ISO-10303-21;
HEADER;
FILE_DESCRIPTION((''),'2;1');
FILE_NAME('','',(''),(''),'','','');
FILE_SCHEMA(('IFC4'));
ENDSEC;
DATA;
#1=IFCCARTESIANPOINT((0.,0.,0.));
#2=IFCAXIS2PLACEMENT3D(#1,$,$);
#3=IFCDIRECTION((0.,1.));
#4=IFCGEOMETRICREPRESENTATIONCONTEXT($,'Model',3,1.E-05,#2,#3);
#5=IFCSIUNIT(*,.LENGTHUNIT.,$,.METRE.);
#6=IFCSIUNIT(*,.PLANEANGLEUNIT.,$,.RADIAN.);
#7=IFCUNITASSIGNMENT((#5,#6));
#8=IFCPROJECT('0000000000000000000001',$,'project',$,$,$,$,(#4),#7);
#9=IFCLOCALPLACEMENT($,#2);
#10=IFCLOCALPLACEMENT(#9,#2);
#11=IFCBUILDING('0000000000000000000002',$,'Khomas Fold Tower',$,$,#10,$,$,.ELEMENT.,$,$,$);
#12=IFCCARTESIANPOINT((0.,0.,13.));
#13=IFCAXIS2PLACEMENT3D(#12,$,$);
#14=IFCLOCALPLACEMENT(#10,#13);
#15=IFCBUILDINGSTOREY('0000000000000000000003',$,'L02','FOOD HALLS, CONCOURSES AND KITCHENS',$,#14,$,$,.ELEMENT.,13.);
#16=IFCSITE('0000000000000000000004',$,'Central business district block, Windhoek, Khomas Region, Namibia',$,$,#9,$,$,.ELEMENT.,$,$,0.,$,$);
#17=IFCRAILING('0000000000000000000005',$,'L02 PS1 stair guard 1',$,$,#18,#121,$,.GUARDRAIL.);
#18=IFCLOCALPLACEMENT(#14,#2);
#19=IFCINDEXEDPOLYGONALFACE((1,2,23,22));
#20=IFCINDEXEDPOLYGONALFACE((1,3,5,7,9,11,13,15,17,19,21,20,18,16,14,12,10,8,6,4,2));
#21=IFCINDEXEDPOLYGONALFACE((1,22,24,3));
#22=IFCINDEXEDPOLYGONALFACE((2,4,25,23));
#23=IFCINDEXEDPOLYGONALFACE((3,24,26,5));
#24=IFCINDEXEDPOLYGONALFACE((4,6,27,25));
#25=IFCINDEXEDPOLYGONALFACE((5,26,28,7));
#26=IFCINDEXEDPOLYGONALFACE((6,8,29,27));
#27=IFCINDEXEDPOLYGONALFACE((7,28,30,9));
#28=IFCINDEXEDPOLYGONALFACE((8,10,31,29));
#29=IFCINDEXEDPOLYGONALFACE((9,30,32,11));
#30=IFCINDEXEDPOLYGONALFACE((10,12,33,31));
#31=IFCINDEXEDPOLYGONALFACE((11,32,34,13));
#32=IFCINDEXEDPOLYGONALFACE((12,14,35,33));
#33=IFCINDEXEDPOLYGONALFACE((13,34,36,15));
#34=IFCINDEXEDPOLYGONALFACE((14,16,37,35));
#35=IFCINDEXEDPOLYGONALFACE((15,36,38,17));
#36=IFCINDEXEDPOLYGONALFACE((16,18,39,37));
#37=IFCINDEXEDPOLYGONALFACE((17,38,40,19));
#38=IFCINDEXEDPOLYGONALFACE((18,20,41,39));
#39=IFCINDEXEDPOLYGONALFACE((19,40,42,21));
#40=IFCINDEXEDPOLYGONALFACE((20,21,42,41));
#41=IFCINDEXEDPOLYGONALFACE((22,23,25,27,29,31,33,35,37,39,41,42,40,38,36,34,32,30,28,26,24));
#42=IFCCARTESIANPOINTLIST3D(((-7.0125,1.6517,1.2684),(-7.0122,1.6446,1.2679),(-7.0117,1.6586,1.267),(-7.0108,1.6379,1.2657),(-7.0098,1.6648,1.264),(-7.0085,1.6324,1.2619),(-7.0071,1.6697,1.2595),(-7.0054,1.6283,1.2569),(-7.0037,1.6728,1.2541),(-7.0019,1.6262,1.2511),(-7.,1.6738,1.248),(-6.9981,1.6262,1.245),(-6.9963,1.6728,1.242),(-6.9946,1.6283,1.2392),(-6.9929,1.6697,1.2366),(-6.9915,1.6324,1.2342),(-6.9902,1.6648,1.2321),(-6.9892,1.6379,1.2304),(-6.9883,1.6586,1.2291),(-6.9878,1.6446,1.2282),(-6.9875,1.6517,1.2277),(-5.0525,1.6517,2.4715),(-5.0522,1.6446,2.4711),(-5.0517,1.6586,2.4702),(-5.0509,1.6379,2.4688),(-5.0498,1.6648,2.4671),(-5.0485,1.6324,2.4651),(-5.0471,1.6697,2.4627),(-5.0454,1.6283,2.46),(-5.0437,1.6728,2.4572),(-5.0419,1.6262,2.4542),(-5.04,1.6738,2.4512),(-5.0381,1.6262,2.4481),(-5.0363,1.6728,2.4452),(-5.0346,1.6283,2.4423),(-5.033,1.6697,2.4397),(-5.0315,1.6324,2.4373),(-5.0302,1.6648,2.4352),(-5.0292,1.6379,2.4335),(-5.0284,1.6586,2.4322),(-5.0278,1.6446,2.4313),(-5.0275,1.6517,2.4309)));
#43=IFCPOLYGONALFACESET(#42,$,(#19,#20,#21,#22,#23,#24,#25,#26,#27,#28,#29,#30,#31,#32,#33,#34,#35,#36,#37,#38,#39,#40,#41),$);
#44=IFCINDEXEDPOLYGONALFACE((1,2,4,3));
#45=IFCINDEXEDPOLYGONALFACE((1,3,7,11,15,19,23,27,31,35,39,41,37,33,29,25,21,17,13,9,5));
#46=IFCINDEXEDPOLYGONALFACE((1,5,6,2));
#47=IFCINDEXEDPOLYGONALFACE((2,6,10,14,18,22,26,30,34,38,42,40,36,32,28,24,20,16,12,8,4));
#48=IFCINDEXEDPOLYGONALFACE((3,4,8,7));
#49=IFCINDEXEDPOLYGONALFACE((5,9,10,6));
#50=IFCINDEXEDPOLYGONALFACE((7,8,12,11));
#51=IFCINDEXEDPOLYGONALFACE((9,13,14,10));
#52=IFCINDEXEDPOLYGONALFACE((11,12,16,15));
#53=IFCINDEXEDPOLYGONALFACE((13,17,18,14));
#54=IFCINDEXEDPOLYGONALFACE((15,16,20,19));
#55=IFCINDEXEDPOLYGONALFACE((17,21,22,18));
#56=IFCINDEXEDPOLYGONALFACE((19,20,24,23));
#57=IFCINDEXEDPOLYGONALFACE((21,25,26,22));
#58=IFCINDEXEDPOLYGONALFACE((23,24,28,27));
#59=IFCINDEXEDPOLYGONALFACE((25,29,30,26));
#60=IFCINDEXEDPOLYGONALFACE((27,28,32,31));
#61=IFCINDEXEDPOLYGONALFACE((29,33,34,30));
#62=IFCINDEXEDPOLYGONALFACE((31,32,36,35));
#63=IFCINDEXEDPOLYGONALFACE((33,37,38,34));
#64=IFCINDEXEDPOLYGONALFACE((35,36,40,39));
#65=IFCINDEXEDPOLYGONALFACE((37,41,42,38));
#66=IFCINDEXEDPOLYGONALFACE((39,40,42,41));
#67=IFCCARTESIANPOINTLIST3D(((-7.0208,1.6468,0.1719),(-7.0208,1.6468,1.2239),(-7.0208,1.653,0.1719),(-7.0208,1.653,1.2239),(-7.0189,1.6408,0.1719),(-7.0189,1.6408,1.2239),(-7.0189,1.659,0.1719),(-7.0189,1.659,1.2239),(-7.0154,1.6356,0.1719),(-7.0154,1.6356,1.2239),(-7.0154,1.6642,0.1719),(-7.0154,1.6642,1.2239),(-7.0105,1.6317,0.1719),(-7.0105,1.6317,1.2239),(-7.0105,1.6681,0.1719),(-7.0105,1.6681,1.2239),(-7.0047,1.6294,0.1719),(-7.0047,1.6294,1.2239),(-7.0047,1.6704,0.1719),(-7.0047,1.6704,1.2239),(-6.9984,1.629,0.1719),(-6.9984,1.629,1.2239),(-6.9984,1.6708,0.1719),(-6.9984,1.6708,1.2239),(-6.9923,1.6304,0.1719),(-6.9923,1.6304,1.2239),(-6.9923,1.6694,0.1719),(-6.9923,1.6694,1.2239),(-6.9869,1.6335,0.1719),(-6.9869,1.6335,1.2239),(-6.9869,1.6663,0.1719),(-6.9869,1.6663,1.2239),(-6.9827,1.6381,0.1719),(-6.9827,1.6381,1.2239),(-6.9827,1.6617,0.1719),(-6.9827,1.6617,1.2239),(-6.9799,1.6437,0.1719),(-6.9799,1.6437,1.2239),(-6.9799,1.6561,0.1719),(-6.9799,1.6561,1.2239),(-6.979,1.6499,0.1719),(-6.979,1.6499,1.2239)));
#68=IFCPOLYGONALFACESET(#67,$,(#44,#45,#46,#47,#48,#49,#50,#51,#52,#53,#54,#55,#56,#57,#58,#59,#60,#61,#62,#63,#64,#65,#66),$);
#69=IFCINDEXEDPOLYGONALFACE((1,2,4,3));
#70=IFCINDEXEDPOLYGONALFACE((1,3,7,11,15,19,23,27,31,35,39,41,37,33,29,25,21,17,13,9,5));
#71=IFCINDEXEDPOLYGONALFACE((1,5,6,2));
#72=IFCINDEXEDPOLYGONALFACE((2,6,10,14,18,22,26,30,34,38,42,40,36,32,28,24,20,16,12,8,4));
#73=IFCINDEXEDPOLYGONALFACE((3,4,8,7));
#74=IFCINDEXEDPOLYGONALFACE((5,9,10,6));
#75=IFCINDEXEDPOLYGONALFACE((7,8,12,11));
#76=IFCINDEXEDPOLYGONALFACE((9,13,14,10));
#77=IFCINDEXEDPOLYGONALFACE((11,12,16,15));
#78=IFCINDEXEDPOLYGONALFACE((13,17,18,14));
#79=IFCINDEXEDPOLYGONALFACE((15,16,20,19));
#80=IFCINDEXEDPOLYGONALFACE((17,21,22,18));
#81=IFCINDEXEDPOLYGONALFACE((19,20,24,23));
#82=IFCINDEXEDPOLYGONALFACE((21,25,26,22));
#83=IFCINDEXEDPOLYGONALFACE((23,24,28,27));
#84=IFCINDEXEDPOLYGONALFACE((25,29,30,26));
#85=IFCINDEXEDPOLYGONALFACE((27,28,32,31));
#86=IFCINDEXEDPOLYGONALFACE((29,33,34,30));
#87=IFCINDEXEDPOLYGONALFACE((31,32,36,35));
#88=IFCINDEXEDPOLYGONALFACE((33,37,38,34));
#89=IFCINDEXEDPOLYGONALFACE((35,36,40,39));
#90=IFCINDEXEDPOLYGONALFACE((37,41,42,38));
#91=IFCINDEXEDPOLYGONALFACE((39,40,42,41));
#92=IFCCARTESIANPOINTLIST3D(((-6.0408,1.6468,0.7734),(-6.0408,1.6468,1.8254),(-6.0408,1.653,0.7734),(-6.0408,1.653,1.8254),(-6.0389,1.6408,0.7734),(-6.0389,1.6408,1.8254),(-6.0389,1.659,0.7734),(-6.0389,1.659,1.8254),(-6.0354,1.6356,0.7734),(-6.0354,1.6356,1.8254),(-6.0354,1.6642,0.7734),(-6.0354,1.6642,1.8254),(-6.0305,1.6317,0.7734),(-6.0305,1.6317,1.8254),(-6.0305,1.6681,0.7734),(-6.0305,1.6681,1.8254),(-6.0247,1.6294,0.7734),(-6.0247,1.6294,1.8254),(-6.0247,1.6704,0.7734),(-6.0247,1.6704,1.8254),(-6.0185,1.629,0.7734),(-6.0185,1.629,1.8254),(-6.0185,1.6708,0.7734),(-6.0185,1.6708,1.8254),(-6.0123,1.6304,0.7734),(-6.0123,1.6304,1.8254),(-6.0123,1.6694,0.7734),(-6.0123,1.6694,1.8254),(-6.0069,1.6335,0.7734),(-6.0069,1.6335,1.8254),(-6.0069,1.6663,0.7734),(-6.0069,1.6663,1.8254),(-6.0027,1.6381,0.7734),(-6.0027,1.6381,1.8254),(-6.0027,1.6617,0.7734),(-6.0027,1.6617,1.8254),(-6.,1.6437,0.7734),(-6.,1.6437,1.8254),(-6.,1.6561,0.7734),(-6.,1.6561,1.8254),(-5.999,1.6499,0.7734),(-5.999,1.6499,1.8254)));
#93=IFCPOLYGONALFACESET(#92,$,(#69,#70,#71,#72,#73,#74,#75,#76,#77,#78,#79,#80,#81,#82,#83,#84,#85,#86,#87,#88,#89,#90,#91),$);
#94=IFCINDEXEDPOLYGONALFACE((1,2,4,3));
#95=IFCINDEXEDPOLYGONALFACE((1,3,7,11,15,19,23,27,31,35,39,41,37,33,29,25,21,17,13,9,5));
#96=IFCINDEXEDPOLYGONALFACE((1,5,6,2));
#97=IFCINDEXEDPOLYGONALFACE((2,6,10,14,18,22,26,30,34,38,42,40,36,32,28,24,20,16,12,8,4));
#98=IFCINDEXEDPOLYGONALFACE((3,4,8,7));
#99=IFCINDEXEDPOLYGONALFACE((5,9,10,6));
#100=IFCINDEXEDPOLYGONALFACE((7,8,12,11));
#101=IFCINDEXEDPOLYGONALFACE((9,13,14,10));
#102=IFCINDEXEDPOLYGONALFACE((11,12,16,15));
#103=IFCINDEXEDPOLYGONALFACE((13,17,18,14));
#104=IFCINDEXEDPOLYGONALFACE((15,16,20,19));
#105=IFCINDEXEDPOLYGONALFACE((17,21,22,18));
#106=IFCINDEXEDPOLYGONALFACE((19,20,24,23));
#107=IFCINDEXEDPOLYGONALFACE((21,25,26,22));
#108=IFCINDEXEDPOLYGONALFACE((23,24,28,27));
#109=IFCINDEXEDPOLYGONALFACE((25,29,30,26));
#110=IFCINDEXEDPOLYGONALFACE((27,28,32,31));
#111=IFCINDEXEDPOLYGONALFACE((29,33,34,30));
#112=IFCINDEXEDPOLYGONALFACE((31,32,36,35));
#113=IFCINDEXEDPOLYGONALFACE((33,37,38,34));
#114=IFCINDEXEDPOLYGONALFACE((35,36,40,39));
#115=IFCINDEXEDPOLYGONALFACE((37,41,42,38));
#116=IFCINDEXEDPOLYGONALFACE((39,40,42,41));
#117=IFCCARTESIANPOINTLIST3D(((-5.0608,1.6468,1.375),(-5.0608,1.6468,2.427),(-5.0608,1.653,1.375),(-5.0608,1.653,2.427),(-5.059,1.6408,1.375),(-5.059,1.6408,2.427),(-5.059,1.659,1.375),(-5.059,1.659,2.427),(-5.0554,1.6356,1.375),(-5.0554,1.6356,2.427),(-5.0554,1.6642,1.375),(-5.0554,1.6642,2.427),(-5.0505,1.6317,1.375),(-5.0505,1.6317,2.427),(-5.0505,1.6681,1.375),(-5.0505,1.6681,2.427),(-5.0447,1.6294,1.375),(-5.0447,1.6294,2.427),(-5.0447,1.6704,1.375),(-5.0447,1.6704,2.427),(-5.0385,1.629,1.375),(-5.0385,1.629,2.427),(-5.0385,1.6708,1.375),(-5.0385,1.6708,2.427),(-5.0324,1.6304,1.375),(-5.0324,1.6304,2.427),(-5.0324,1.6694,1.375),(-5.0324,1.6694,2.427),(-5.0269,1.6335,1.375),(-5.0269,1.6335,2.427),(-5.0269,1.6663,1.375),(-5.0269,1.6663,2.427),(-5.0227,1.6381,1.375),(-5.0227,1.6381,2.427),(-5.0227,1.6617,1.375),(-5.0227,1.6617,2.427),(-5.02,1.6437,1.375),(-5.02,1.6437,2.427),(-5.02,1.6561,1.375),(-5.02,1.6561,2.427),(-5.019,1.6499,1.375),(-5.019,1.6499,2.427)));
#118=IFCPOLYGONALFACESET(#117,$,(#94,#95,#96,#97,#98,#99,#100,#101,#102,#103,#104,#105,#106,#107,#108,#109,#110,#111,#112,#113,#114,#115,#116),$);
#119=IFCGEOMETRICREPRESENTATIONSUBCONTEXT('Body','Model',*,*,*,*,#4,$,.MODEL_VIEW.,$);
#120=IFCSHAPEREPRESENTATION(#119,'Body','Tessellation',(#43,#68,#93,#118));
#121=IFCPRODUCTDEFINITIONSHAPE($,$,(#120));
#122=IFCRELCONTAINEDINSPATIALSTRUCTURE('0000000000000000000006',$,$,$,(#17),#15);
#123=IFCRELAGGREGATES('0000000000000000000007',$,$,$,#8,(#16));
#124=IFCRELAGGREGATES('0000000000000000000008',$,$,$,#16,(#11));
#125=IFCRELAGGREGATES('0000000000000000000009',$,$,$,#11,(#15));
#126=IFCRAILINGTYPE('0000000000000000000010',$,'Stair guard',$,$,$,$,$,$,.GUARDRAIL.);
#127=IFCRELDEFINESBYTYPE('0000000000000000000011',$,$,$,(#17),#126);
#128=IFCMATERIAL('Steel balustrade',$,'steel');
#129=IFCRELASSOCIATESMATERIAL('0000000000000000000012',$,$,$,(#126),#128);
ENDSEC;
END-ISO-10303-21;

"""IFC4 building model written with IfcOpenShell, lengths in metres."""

from ifc_helpers import new_model, si_unit, direction, frame, origin, origin_2d, place, context, subcontext, project, spatial, circle, extrude, source, transform, mapped, material, type_object, element, save


model = new_model("IFC4")

# Units and contexts
model_context = context("Model", 3, precision=1e-05, world=origin(), true_north=direction((0.0, 1.0)))
body_context = subcontext(model_context, "Body", "Model", "MODEL_VIEW")
ifc_project = project(units=[si_unit("LENGTHUNIT", "METRE"), si_unit("PLANEANGLEUNIT", "RADIAN")], contexts=[model_context])

# Site, building, storey
site_placement = place(None, origin())
site = spatial("IfcSite", under=ifc_project, at=site_placement, Name="Central business district block, Windhoek, Khomas Region, Namibia", CompositionType="ELEMENT", RefElevation=0.0)
building_placement = place(site_placement, origin())
building = spatial("IfcBuilding", under=site, at=building_placement, Name="Khomas Fold Tower", CompositionType="ELEMENT")
storey_placement = place(building_placement, frame((0.0, 0.0, 13.0)))
storey = spatial("IfcBuildingStorey", under=building, at=storey_placement, Name="L02", Description="FOOD HALLS, CONCOURSES AND KITCHENS", CompositionType="ELEMENT", Elevation=13.0)

# Railing
ifc_material_1 = material(Name="Steel balustrade", Category="steel")
railing_type_1 = type_object("IfcRailingType", Name="Stair guard", PredefinedType="GUARDRAIL", material=ifc_material_1)
shared_shape_1 = source(origin(), body_context, "Body", "SweptSolid", [
    extrude(circle(Radius=0.0239, at=origin_2d()), frame((0.0, 0.0, 1.0762), z_axis=(0.852241, 0.0, 0.523149), x_axis=(0.0, 1.0, 0.0)), (0.0, 0.0, 1.0), 2.2998),
    extrude(circle(Radius=0.021, at=origin_2d()), origin(), (0.0, 0.0, 1.0), 1.052),
    extrude(circle(Radius=0.021, at=origin_2d()), frame((0.98, 0.0, 0.6016)), (0.0, 0.0, 1.0), 1.052),
    extrude(circle(Radius=0.021, at=origin_2d()), frame((1.96, 0.0, 1.2031)), (0.0, 0.0, 1.0), 1.052),
])
for number, where, name in (
    (1, (-7.0, 1.6499, 0.1719), "L02 PS1 stair guard 1"),
):
    element("IfcRailing", number, at=place(storey_placement, frame(where)), inside=storey, type_object=railing_type_1, Name=name, PredefinedType="GUARDRAIL", context=body_context, shape_type="MappedRepresentation", body=[
        mapped(shared_shape_1, transform((0.0, 0.0, 0.0))),
    ])

save(model, "model.ifc")
